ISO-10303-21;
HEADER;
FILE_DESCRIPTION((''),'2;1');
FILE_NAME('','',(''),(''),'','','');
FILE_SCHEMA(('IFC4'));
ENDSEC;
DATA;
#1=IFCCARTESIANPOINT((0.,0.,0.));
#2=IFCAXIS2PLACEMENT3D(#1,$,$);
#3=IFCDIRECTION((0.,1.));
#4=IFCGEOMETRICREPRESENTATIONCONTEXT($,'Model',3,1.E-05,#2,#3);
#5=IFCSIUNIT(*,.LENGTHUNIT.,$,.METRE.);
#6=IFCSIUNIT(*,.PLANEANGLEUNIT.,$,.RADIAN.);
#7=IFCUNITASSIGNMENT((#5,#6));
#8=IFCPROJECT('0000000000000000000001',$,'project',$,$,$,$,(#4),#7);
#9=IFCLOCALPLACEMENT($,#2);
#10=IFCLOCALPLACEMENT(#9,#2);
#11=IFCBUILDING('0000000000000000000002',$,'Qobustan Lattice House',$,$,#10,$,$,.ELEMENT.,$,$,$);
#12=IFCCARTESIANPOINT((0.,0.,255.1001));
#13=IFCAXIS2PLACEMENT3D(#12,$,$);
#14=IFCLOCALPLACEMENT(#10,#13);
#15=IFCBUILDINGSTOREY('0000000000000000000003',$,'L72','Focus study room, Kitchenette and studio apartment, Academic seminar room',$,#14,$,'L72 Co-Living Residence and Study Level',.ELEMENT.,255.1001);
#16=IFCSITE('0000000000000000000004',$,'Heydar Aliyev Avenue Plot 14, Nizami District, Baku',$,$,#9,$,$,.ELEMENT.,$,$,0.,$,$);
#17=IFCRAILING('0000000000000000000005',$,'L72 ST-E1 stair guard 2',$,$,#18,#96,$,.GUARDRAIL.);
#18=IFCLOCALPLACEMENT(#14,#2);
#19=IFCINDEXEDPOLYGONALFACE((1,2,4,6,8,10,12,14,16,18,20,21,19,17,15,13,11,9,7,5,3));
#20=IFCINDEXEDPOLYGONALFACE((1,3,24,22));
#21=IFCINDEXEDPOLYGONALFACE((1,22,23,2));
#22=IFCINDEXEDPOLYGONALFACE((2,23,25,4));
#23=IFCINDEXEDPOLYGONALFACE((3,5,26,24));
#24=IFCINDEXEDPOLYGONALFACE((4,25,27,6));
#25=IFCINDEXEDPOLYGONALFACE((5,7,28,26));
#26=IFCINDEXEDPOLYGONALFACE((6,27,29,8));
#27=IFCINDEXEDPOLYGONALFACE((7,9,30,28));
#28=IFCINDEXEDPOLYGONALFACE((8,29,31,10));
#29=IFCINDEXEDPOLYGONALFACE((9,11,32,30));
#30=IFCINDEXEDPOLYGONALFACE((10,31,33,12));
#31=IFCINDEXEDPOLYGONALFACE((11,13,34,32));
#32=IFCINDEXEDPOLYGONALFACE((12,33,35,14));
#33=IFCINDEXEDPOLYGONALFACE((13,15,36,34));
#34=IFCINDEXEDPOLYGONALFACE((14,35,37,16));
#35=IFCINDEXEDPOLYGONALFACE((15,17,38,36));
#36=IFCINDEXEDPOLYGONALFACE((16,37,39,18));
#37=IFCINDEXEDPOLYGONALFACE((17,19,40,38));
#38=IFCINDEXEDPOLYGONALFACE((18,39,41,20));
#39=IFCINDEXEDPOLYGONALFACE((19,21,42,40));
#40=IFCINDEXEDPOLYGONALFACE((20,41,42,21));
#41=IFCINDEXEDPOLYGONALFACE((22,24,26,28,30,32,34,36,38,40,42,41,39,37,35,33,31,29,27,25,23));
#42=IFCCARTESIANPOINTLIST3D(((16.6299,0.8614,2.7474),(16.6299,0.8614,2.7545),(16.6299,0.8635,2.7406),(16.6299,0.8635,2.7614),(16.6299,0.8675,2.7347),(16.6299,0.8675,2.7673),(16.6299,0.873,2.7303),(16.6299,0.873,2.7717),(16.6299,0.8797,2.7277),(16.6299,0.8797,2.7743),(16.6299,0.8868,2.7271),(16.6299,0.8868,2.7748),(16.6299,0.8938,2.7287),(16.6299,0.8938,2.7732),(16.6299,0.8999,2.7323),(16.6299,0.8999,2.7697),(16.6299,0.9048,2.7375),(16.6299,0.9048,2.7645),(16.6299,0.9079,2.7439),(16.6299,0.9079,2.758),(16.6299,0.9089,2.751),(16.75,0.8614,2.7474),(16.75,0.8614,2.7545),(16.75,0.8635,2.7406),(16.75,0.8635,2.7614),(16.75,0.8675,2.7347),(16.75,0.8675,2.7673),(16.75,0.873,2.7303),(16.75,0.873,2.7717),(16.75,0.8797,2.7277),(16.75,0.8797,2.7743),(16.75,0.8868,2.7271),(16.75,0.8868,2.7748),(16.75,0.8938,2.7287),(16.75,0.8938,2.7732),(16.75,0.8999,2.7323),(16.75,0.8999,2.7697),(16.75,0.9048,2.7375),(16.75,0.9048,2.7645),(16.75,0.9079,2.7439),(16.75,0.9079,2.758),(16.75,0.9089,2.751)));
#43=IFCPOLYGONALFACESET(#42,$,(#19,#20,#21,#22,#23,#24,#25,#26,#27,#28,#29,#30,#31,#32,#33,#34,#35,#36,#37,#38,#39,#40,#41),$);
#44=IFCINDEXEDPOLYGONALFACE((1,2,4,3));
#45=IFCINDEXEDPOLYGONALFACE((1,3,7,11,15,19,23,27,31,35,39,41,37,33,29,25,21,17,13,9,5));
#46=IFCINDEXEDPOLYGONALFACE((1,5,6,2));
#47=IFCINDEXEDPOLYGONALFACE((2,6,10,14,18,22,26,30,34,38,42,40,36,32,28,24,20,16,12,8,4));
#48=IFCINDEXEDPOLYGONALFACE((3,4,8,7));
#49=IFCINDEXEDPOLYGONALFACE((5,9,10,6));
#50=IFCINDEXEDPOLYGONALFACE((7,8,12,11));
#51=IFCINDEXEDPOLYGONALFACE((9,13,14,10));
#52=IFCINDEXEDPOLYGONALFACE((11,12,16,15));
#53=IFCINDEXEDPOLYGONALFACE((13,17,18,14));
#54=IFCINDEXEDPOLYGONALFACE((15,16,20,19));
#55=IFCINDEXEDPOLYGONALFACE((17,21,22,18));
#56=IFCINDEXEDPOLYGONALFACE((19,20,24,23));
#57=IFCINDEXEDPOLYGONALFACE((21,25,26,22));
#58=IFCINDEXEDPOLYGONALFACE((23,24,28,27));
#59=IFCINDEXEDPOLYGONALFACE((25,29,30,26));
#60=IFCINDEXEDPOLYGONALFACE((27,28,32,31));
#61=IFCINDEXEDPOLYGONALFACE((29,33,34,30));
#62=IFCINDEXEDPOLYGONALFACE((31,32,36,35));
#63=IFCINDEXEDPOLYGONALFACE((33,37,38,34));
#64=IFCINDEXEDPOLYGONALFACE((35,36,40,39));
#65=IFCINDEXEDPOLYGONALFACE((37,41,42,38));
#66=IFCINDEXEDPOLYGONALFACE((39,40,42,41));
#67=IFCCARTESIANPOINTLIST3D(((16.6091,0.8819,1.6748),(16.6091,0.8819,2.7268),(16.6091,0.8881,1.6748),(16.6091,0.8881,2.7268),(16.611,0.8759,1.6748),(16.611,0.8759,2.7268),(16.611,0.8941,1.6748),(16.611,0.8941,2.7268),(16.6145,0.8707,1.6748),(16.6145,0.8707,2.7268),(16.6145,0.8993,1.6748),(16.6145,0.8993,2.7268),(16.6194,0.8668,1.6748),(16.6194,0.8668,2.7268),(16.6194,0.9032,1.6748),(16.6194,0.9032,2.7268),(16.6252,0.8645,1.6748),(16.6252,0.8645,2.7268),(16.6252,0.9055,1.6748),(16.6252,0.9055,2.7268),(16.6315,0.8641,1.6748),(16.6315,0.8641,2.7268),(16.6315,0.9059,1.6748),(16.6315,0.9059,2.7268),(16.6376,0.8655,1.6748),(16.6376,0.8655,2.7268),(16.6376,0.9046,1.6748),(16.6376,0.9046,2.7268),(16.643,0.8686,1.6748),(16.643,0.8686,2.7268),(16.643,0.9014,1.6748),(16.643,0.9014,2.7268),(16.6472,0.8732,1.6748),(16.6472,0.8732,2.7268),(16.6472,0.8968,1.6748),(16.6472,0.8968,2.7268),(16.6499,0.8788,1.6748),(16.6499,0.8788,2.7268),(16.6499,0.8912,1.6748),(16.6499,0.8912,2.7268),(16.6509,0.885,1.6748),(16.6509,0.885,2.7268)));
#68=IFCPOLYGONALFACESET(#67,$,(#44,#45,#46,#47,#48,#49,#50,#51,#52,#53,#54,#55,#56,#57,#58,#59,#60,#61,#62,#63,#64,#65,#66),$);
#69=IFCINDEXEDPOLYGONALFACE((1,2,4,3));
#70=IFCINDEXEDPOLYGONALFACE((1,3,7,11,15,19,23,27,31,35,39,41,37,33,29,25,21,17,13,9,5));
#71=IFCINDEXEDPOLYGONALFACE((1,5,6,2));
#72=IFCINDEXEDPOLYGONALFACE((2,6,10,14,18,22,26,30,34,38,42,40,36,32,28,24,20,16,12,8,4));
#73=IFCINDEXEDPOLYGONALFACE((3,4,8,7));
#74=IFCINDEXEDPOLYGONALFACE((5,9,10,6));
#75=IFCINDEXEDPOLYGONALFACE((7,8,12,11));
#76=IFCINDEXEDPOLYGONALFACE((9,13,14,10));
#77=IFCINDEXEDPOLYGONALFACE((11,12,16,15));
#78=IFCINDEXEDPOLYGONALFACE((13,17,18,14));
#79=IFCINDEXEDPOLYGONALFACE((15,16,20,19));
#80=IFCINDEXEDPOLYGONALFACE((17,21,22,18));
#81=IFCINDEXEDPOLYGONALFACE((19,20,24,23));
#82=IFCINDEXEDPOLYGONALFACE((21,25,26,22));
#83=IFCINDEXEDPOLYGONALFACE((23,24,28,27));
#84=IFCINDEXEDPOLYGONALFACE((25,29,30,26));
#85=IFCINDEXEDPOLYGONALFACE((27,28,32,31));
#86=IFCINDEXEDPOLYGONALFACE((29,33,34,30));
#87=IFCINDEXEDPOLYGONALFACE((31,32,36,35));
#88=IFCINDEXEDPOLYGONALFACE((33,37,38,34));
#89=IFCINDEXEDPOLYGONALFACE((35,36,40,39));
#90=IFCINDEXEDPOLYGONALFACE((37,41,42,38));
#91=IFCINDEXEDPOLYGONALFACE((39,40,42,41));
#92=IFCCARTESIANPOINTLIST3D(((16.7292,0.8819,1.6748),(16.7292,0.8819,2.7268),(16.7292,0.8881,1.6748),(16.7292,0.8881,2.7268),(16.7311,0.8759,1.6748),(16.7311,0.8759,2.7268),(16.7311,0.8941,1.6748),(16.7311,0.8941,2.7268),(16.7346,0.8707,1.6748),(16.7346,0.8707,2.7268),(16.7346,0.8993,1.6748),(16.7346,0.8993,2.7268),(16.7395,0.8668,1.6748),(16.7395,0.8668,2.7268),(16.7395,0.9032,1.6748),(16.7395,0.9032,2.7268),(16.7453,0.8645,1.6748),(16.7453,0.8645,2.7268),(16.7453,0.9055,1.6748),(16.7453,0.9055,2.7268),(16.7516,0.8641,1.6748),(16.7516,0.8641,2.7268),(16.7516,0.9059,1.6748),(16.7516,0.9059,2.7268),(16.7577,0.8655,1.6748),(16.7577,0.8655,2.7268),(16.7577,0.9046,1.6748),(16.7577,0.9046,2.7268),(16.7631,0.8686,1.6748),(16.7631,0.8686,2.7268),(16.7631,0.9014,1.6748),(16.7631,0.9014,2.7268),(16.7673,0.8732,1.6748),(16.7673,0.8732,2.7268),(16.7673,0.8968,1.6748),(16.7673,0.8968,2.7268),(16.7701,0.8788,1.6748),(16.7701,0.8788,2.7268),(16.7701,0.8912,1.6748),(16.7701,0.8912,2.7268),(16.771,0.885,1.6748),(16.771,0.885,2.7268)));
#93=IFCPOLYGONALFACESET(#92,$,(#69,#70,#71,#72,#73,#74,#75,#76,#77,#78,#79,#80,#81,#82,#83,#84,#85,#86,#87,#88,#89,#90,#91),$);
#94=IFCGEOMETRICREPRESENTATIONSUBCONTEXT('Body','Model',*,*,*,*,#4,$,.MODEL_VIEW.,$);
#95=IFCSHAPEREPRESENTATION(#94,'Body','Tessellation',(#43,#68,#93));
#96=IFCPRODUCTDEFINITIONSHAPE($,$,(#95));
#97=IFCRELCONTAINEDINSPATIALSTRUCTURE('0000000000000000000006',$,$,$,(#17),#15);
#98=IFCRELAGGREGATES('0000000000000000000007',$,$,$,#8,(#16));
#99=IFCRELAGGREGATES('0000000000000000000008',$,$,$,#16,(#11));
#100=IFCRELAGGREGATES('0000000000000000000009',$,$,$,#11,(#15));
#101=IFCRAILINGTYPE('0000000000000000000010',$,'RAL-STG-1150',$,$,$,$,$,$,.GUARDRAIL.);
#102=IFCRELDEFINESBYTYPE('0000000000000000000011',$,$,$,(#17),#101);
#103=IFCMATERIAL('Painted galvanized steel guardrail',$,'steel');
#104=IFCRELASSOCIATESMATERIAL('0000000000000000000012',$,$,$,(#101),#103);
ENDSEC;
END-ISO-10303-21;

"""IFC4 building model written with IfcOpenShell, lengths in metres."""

from ifc_helpers import new_model, si_unit, direction, frame, origin, origin_2d, place, context, subcontext, project, spatial, circle, extrude, material, type_object, element, save


model = new_model("IFC4")

# Units and contexts
model_context = context("Model", 3, precision=1e-05, world=origin(), true_north=direction((0.0, 1.0)))
body_context = subcontext(model_context, "Body", "Model", "MODEL_VIEW")
ifc_project = project(units=[si_unit("LENGTHUNIT", "METRE"), si_unit("PLANEANGLEUNIT", "RADIAN")], contexts=[model_context])

# Site, building, storey
site_placement = place(None, origin())
site = spatial("IfcSite", under=ifc_project, at=site_placement, Name="Heydar Aliyev Avenue Plot 14, Nizami District, Baku", CompositionType="ELEMENT", RefElevation=0.0)
building_placement = place(site_placement, origin())
building = spatial("IfcBuilding", under=site, at=building_placement, Name="Qobustan Lattice House", CompositionType="ELEMENT")
storey_placement = place(building_placement, frame((0.0, 0.0, 255.1001)))
storey = spatial("IfcBuildingStorey", under=building, at=storey_placement, Name="L72", Description="Focus study room, Kitchenette and studio apartment, Academic seminar room", LongName="L72 Co-Living Residence and Study Level", CompositionType="ELEMENT", Elevation=255.1001)

# Railing
ifc_material_1 = material(Name="Painted galvanized steel guardrail", Category="steel")
railing_type_1 = type_object("IfcRailingType", Name="RAL-STG-1150", PredefinedType="GUARDRAIL", material=ifc_material_1)
railing_1_placement = place(storey_placement, frame((16.6299, 0.885, 1.6748)))
element("IfcRailing", 1, at=railing_1_placement, inside=storey, type_object=railing_type_1, Name="L72 ST-E1 stair guard 2", PredefinedType="GUARDRAIL", context=body_context, shape_type="SweptSolid", body=[
    extrude(circle(Radius=0.0239, at=origin_2d()), frame((0.0, 0.0, 1.0762), z_axis=(1.0, 0.0, 0.0), x_axis=(0.0, 1.0, 0.0)), (0.0, 0.0, 1.0), 0.1201),
    extrude(circle(Radius=0.021, at=origin_2d()), origin(), (0.0, 0.0, 1.0), 1.052),
    extrude(circle(Radius=0.021, at=origin_2d()), frame((0.1201, 0.0, 0.0)), (0.0, 0.0, 1.0), 1.052),
])

save(model, "model.ifc")
